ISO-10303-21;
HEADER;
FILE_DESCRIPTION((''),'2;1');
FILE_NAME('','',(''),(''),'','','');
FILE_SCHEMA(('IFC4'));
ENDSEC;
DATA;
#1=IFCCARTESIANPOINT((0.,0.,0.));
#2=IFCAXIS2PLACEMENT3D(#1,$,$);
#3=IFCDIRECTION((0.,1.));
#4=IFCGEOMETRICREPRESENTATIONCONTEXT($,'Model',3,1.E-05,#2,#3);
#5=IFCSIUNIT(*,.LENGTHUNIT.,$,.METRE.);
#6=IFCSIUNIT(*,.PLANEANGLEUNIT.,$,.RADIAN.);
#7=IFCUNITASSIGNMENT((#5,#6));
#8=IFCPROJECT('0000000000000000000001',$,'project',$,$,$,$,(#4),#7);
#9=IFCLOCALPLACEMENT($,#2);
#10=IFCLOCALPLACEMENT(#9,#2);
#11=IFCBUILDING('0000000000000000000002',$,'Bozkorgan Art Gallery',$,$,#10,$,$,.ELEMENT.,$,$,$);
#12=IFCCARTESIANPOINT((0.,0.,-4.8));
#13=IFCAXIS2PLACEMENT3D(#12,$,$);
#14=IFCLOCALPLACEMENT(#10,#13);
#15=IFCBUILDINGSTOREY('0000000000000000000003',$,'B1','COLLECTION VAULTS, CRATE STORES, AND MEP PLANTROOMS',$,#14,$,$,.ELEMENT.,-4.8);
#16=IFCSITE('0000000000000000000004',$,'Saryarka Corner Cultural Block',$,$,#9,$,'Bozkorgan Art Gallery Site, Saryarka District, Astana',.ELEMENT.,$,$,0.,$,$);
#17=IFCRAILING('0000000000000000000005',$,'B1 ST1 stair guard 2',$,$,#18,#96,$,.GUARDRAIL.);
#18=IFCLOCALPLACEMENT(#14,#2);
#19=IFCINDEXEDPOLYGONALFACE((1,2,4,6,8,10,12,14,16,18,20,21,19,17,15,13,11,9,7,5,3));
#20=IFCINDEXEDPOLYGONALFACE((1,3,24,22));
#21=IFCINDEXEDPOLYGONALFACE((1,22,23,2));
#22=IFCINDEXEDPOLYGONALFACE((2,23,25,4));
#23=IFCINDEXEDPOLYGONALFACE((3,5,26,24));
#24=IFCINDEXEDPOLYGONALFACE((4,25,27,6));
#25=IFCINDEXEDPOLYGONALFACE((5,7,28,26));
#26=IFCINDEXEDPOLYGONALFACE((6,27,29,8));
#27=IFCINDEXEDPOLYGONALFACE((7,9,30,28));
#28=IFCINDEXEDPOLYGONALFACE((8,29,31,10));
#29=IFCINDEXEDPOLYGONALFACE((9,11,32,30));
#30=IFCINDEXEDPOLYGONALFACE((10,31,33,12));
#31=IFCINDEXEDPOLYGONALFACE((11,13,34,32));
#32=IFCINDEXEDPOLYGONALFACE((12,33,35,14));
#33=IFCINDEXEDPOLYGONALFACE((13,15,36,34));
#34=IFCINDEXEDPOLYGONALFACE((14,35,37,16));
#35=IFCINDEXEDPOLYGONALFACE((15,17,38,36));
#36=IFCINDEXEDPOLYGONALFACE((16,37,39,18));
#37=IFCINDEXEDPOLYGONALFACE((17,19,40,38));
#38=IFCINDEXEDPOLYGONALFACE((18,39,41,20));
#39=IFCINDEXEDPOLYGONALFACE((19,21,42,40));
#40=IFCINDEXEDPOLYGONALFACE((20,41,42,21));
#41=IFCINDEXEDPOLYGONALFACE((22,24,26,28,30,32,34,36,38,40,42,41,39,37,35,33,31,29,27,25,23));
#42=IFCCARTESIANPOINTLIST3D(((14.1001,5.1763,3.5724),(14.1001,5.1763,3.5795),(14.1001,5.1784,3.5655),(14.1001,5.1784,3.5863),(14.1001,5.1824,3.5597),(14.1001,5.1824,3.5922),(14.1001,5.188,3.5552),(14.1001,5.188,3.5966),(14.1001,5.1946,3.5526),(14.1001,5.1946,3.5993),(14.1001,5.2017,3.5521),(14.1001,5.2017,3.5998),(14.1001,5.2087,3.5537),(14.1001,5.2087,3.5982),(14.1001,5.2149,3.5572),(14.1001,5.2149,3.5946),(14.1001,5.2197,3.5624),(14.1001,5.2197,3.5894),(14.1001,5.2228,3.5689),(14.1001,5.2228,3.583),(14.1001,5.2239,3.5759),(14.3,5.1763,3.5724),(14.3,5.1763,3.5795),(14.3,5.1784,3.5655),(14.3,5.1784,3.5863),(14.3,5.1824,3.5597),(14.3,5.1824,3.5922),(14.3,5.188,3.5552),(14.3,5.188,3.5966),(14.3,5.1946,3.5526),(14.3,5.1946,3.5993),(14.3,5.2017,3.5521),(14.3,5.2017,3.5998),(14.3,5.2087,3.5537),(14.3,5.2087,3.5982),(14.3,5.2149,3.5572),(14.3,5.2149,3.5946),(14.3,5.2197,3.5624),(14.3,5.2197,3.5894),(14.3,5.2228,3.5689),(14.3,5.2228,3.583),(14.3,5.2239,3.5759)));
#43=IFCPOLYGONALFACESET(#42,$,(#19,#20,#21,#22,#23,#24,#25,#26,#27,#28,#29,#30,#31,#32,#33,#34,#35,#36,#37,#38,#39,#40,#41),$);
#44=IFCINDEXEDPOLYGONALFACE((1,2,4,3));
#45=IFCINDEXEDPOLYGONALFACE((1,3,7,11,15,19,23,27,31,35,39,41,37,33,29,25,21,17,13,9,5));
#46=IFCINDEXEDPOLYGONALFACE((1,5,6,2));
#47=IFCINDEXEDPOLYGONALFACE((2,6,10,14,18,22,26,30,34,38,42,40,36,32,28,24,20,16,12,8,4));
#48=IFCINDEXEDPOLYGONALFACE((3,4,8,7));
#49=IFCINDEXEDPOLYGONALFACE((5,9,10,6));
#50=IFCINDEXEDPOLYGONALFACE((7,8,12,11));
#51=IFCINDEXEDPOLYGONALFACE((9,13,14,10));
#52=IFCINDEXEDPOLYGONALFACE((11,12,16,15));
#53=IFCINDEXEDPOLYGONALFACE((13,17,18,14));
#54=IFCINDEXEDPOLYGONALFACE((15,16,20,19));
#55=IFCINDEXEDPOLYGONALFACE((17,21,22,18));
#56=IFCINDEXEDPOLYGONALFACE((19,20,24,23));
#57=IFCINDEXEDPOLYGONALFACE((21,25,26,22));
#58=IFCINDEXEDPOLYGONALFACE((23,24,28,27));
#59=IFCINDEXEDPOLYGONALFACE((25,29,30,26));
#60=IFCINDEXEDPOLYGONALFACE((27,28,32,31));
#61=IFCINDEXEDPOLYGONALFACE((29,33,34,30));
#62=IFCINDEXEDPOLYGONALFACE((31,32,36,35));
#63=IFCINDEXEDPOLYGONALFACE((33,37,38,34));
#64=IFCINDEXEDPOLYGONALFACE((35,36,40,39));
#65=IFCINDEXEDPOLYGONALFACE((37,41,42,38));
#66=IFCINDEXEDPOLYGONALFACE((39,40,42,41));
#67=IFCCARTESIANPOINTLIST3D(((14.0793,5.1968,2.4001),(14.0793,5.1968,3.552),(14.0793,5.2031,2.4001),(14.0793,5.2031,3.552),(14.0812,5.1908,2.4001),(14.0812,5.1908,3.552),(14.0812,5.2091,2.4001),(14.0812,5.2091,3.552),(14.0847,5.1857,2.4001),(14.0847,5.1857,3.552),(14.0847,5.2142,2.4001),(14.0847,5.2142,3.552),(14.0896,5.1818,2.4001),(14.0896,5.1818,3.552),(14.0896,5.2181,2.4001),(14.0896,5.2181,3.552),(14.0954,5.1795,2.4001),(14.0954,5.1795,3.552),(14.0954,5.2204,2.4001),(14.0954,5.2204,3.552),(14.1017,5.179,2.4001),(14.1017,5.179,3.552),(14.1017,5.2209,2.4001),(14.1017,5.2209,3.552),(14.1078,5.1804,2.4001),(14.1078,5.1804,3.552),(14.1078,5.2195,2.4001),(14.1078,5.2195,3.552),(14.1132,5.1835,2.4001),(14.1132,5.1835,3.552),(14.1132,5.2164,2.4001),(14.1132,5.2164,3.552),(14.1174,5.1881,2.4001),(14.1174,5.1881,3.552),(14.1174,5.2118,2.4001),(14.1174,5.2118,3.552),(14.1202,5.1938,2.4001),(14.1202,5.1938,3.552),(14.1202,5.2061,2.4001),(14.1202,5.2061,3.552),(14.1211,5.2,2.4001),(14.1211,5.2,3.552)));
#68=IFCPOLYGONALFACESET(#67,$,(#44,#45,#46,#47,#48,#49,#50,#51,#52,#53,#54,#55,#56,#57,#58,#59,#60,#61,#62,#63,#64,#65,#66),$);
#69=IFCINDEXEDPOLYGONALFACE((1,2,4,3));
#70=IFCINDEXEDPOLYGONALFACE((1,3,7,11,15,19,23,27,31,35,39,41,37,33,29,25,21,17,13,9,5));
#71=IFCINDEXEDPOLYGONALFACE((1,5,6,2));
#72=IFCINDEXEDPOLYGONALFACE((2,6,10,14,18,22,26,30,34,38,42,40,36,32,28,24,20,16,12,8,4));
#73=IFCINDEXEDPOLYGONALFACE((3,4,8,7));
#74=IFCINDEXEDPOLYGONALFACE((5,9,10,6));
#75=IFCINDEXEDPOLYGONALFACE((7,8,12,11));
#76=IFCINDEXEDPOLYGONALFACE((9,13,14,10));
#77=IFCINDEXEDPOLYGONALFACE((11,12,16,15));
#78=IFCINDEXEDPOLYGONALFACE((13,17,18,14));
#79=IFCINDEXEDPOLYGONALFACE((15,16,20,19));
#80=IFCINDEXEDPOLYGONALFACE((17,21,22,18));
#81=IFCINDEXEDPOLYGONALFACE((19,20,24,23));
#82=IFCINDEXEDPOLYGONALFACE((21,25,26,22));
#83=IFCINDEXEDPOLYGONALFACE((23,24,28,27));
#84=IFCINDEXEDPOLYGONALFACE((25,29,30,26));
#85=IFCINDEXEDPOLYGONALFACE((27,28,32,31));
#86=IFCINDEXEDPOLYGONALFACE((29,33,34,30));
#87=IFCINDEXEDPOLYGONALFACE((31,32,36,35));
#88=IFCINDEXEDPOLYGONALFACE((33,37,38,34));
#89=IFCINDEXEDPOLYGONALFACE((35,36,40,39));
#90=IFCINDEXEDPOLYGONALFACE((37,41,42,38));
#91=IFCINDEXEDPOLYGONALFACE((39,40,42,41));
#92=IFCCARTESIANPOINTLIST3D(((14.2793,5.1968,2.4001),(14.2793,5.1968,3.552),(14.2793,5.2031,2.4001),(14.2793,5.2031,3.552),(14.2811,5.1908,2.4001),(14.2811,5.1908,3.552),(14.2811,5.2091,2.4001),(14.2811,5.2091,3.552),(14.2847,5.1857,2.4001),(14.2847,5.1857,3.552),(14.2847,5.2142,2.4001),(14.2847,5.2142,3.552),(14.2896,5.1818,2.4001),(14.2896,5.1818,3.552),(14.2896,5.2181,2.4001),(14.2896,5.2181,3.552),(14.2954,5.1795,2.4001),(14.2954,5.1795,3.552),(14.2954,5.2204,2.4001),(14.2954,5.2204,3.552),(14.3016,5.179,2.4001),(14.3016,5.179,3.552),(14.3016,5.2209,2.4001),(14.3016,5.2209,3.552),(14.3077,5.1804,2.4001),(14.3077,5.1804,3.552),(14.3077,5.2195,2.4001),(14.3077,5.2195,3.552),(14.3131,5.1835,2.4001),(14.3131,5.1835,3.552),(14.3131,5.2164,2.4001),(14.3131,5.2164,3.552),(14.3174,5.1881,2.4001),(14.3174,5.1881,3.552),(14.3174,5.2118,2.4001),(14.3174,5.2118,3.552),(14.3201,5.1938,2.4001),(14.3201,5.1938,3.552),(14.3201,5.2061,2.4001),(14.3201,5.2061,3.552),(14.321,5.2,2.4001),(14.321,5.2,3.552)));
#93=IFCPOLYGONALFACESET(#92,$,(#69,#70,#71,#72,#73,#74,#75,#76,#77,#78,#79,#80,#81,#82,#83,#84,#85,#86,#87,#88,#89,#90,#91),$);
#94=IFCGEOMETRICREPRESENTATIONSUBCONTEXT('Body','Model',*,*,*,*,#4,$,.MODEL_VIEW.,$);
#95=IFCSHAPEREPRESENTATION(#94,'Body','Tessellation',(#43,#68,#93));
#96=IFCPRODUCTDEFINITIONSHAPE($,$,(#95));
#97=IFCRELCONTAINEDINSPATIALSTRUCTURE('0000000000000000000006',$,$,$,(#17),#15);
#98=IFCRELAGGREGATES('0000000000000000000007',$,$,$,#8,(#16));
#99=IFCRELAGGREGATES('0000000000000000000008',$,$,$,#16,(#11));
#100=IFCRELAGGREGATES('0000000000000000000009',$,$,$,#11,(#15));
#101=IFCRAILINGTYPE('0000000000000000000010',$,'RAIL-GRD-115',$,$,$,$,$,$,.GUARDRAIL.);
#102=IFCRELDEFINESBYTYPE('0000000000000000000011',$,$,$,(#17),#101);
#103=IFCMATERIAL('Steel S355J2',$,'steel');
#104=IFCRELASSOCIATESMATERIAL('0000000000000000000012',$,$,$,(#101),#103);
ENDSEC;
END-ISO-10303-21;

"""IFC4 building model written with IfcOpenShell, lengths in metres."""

from ifc_helpers import new_model, si_unit, direction, frame, origin, origin_2d, place, context, subcontext, project, spatial, circle, extrude, material, type_object, element, save


model = new_model("IFC4")

# Units and contexts
model_context = context("Model", 3, precision=1e-05, world=origin(), true_north=direction((0.0, 1.0)))
body_context = subcontext(model_context, "Body", "Model", "MODEL_VIEW")
ifc_project = project(units=[si_unit("LENGTHUNIT", "METRE"), si_unit("PLANEANGLEUNIT", "RADIAN")], contexts=[model_context])

# Site, building, storey
site_placement = place(None, origin())
site = spatial("IfcSite", under=ifc_project, at=site_placement, Name="Saryarka Corner Cultural Block", LongName="Bozkorgan Art Gallery Site, Saryarka District, Astana", CompositionType="ELEMENT", RefElevation=0.0)
building_placement = place(site_placement, origin())
building = spatial("IfcBuilding", under=site, at=building_placement, Name="Bozkorgan Art Gallery", CompositionType="ELEMENT")
storey_placement = place(building_placement, frame((0.0, 0.0, -4.8)))
storey = spatial("IfcBuildingStorey", under=building, at=storey_placement, Name="B1", Description="COLLECTION VAULTS, CRATE STORES, AND MEP PLANTROOMS", CompositionType="ELEMENT", Elevation=-4.8)

# Shared definitions
ifc_material_1 = material(Name="Steel S355J2", Category="steel")

# Railing
railing_type_1 = type_object("IfcRailingType", Name="RAIL-GRD-115", PredefinedType="GUARDRAIL", material=ifc_material_1)
railing_1_placement = place(storey_placement, frame((14.1001, 5.2, 2.4001)))
element("IfcRailing", 1, at=railing_1_placement, inside=storey, type_object=railing_type_1, Name="B1 ST1 stair guard 2", PredefinedType="GUARDRAIL", context=body_context, shape_type="SweptSolid", body=[
    extrude(circle(Radius=0.0239, at=origin_2d()), frame((0.0, 0.0, 1.1758), z_axis=(1.0, 0.0, 0.0), x_axis=(0.0, 1.0, 0.0)), (0.0, 0.0, 1.0), 0.2),
    extrude(circle(Radius=0.021, at=origin_2d()), origin(), (0.0, 0.0, 1.0), 1.1519),
    extrude(circle(Radius=0.021, at=origin_2d()), frame((0.2, 0.0, 0.0)), (0.0, 0.0, 1.0), 1.1519),
])

save(model, "model.ifc")
